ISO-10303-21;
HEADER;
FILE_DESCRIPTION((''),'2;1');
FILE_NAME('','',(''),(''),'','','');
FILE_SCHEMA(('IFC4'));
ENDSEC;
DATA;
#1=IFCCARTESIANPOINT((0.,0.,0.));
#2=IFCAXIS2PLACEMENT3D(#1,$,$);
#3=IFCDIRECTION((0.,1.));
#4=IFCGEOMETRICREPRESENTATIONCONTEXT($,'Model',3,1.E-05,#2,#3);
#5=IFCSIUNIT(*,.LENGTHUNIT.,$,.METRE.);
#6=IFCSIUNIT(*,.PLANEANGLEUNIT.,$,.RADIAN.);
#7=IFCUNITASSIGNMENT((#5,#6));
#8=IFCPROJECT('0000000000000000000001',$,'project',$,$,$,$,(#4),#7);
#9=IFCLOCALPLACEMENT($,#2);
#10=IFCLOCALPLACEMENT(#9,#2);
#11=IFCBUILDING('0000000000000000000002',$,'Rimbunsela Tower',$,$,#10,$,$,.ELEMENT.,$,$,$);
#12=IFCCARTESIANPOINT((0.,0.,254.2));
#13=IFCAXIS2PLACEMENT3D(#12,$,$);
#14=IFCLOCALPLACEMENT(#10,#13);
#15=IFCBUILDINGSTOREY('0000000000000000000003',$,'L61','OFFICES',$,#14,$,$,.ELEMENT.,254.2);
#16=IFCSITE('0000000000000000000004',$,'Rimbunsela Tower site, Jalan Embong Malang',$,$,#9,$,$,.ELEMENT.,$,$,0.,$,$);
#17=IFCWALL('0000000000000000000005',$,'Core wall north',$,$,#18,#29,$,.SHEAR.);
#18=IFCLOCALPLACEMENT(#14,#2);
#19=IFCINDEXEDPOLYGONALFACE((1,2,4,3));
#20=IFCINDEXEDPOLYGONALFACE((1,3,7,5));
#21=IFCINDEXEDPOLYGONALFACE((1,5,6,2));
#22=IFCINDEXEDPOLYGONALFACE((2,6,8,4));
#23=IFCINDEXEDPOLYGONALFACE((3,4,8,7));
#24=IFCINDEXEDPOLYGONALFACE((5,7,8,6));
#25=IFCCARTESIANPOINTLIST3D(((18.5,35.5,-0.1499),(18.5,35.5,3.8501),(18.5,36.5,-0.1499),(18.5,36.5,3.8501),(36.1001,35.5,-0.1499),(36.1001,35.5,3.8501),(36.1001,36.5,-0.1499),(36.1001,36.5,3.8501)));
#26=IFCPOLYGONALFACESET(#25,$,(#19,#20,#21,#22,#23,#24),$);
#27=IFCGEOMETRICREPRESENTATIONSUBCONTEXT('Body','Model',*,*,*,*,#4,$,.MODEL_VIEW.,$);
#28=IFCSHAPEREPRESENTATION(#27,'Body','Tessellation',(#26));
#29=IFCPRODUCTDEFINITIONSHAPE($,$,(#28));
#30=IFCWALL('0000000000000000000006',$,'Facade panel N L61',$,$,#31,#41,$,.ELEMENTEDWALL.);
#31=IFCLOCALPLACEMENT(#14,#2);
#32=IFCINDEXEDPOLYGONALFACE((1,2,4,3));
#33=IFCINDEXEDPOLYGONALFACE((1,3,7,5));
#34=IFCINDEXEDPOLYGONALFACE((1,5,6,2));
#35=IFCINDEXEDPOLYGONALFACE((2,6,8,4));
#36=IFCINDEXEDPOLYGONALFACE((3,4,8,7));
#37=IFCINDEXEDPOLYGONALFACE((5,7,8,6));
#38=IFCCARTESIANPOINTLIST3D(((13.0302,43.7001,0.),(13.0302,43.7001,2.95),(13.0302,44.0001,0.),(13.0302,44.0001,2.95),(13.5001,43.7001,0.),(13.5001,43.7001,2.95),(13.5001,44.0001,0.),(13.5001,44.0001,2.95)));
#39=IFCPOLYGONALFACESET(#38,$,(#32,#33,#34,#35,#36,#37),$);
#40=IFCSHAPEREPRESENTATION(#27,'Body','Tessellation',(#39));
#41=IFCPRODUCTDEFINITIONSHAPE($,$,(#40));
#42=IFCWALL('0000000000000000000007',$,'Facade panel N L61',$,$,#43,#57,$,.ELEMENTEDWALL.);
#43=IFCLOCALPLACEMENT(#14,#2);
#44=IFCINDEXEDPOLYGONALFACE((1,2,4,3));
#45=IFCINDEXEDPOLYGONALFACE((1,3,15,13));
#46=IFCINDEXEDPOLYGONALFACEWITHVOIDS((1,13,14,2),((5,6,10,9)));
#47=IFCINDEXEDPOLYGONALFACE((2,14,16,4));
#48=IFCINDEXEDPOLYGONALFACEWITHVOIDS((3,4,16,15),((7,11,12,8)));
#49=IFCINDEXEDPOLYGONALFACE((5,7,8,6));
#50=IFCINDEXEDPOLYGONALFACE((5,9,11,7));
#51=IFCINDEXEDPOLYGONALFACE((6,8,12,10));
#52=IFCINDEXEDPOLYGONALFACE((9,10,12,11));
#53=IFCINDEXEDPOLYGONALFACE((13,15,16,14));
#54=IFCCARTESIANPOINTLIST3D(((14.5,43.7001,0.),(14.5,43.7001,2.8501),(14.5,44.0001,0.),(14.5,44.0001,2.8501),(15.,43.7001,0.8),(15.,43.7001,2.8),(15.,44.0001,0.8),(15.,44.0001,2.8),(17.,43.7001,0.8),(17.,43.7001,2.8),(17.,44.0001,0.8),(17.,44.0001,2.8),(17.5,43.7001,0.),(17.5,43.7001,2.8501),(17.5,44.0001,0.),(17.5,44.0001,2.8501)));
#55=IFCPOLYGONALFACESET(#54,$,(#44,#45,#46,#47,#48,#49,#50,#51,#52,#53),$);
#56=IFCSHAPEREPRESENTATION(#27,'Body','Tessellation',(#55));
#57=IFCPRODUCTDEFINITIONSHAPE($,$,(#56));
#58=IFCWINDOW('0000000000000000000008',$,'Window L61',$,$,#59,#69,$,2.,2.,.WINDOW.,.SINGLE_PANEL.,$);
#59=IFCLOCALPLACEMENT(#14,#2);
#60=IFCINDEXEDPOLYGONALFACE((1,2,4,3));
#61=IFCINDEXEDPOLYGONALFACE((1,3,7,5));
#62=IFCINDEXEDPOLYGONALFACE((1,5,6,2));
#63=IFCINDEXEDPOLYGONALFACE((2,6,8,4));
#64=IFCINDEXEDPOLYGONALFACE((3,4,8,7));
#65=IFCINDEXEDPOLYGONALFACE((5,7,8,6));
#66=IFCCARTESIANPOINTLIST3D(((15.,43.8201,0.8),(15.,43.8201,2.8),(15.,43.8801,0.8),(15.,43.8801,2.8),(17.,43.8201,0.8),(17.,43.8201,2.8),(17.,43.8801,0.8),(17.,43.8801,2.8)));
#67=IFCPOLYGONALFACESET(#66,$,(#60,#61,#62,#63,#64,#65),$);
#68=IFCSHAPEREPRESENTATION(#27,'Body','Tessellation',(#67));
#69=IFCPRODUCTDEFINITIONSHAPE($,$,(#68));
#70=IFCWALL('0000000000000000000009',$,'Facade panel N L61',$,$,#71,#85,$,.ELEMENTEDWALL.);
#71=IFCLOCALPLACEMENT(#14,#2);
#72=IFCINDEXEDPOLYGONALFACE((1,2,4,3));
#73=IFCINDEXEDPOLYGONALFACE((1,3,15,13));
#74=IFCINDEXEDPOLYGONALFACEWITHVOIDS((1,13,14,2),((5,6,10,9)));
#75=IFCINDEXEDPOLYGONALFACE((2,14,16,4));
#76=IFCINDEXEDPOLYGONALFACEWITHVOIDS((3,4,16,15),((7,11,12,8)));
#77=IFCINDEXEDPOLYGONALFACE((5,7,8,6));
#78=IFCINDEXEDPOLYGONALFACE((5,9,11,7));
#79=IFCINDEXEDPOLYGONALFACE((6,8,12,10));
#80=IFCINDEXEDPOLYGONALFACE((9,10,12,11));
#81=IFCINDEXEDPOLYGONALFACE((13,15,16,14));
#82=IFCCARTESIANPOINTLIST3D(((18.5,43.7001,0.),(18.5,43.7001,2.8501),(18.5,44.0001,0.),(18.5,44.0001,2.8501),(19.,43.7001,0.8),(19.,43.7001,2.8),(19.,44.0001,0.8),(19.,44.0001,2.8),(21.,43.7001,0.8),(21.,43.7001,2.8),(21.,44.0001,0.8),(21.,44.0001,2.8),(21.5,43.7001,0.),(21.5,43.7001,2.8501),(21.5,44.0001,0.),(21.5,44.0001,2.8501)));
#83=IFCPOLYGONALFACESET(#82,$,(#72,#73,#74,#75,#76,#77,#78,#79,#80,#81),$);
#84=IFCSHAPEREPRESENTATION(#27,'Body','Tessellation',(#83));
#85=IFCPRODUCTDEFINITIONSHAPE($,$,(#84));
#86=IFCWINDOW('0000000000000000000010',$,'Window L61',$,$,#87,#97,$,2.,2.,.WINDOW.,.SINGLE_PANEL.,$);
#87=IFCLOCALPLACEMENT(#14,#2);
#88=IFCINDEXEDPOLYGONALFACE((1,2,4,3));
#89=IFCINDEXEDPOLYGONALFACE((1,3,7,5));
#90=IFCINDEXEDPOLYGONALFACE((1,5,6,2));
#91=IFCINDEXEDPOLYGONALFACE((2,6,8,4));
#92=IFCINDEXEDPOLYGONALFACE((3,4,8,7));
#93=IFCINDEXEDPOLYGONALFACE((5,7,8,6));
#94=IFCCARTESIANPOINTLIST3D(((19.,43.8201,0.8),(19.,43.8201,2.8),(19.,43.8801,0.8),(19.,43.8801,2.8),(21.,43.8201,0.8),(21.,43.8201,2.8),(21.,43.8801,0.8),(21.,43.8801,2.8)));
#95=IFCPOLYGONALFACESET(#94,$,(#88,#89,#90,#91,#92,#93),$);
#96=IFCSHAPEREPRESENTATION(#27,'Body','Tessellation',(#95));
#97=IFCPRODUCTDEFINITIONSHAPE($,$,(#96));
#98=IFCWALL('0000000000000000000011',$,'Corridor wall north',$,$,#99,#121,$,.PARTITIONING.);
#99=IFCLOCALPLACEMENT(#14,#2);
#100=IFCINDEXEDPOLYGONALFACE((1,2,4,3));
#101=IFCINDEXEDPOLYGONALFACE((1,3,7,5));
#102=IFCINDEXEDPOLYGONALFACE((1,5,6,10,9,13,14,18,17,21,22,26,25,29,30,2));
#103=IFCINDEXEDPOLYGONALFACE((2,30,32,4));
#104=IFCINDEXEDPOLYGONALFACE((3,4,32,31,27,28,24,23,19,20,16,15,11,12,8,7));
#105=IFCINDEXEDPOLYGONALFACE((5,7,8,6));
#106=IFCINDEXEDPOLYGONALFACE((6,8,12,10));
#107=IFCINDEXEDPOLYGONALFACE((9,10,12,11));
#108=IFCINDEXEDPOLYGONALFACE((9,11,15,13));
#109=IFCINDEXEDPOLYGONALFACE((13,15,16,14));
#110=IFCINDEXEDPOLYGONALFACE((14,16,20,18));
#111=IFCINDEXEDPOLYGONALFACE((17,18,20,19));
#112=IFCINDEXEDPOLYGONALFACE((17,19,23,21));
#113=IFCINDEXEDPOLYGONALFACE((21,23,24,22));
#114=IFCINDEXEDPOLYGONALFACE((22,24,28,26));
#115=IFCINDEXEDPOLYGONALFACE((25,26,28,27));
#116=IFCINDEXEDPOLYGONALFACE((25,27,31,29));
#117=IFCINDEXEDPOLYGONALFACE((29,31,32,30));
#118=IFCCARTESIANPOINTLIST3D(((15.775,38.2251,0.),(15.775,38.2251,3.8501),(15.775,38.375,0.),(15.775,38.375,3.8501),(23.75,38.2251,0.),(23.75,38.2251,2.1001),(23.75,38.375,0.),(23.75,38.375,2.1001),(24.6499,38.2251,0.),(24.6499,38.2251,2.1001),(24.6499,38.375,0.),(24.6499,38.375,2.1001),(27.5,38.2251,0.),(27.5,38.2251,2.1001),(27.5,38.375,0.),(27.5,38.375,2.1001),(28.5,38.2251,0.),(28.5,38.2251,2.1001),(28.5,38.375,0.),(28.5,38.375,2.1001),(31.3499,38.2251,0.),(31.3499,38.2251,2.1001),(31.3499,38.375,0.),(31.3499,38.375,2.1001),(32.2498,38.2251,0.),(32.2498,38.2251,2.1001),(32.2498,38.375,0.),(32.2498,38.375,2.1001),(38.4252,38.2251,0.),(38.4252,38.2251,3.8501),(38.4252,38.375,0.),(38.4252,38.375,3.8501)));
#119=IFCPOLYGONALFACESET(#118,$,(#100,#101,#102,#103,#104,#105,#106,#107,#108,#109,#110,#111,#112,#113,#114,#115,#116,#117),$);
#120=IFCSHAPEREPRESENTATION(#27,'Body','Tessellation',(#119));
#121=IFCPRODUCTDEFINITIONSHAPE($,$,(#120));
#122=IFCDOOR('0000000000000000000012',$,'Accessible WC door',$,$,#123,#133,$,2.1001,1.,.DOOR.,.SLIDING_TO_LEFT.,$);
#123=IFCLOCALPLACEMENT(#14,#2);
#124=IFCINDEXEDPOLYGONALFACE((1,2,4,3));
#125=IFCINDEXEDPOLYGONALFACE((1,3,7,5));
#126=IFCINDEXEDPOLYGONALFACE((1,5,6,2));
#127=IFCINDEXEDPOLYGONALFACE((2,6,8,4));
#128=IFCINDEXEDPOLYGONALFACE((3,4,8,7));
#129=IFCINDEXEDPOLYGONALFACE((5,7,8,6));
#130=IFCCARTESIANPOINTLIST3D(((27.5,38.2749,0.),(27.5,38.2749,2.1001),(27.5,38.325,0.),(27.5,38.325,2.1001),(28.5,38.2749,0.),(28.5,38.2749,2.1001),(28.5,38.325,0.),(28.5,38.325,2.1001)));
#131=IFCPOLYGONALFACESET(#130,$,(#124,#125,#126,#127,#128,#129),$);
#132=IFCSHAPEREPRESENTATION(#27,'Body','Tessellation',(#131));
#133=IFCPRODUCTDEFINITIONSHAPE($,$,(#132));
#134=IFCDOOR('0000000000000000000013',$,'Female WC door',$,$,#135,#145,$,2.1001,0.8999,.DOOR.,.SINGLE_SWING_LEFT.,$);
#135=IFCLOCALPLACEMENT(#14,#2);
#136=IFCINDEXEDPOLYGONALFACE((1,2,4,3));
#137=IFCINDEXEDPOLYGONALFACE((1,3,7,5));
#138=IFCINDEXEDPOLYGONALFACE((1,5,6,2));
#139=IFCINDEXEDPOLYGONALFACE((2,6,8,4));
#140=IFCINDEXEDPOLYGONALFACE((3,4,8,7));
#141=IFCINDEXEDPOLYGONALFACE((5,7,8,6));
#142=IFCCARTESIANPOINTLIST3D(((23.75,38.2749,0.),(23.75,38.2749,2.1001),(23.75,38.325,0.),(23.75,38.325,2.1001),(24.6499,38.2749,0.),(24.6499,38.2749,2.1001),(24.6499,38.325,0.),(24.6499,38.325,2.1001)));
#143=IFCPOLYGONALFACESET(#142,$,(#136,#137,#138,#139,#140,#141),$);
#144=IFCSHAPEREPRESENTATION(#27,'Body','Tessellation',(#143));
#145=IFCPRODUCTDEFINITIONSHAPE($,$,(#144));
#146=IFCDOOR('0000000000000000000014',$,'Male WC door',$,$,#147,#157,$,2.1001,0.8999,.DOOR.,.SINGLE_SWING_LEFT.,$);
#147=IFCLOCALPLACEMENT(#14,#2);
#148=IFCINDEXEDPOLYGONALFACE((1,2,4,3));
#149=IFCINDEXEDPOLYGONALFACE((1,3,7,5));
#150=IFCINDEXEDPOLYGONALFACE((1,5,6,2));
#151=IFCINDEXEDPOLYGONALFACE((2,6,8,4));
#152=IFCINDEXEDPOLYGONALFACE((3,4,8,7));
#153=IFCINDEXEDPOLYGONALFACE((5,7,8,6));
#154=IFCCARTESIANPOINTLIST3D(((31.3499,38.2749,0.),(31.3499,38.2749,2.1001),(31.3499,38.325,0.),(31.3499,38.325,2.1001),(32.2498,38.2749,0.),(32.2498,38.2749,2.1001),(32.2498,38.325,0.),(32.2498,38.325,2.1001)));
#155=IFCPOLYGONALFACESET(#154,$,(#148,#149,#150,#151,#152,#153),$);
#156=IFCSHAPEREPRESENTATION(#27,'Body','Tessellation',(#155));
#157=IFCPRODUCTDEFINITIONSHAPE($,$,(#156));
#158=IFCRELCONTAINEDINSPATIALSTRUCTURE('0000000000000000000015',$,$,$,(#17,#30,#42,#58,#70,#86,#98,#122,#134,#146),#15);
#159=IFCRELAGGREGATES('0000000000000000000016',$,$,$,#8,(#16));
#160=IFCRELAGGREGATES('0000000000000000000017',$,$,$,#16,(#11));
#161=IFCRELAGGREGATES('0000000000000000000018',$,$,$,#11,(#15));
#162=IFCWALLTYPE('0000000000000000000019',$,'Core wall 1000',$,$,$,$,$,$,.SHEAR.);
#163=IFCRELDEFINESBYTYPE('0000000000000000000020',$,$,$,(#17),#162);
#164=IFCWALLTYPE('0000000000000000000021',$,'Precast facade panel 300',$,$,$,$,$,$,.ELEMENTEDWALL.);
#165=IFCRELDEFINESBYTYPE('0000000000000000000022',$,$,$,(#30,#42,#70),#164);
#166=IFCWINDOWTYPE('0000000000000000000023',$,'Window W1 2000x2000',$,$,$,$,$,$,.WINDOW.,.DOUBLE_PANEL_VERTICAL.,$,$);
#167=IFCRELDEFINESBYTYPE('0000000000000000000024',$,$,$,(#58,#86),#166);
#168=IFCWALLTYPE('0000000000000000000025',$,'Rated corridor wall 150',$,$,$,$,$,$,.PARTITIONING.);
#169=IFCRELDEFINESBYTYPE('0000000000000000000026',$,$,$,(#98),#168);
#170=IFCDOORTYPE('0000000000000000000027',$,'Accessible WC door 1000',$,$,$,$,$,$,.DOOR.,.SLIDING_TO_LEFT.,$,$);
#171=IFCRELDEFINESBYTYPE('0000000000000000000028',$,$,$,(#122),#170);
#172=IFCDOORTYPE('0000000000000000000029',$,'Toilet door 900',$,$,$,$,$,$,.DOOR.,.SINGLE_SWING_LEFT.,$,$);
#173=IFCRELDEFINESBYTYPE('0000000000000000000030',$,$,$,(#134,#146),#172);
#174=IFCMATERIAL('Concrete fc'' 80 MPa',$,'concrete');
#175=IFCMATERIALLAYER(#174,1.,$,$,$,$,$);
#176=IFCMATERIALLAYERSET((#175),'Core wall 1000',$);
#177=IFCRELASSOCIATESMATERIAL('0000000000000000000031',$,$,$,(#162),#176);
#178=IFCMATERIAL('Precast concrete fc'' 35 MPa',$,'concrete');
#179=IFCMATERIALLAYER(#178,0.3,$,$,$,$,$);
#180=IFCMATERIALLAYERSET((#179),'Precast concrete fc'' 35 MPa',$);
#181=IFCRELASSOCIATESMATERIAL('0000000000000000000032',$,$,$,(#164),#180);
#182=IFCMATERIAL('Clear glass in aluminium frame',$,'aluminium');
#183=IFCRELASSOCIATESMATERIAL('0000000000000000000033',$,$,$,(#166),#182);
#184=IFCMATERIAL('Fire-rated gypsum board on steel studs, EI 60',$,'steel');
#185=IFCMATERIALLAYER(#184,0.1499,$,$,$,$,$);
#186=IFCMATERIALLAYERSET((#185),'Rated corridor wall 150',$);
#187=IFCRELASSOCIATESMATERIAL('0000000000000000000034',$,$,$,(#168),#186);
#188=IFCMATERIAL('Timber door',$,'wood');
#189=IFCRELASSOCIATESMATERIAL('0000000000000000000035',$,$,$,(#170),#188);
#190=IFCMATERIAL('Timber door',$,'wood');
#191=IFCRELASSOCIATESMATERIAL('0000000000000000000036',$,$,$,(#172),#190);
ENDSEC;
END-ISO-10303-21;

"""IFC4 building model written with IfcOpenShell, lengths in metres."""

from ifc_helpers import new_model, si_unit, direction, frame, frame_2d, origin, place, context, subcontext, project, spatial, rectangle, extrude, material, layer, layer_set, type_object, element, fill, save


model = new_model("IFC4")

# Units and contexts
model_context = context("Model", 3, precision=1e-05, world=origin(), true_north=direction((0.0, 1.0)))
body_context = subcontext(model_context, "Body", "Model", "MODEL_VIEW")
ifc_project = project(units=[si_unit("LENGTHUNIT", "METRE"), si_unit("PLANEANGLEUNIT", "RADIAN")], contexts=[model_context])

# Site, building, storey
site_placement = place(None, origin())
site = spatial("IfcSite", under=ifc_project, at=site_placement, Name="Rimbunsela Tower site, Jalan Embong Malang", CompositionType="ELEMENT", RefElevation=0.0)
building_placement = place(site_placement, origin())
building = spatial("IfcBuilding", under=site, at=building_placement, Name="Rimbunsela Tower", CompositionType="ELEMENT")
storey_placement = place(building_placement, frame((0.0, 0.0, 254.2)))
storey = spatial("IfcBuildingStorey", under=building, at=storey_placement, Name="L61", Description="OFFICES", CompositionType="ELEMENT", Elevation=254.2)

# Walls
ifc_material_1 = material(Name="Concrete fc' 80 MPa", Category="concrete")
ifc_layer_1 = layer(ifc_material_1, 1.0)
ifc_layer_set_1 = layer_set([ifc_layer_1], Name="Core wall 1000")
wall_type_1 = type_object("IfcWallType", Name="Core wall 1000", PredefinedType="SHEAR", material=ifc_layer_set_1)
wall_1_placement = place(storey_placement, frame((18.5, 36.0, -0.1499), z_axis=(0.0, 0.0, 1.0), x_axis=(1.0, 0.0, 0.0)))
element("IfcWall", 1, at=wall_1_placement, inside=storey, type_object=wall_type_1, Name="Core wall north", PredefinedType="SHEAR", context=body_context, shape_type="SweptSolid", body=[
    extrude(rectangle(XDim=17.6001, YDim=1.0, at=frame_2d((8.8, 0.0))), origin(), (0.0, 0.0, 1.0), 4.0),
])
ifc_material_2 = material(Name="Precast concrete fc' 35 MPa", Category="concrete")
ifc_layer_2 = layer(ifc_material_2, 0.3)
ifc_layer_set_2 = layer_set([ifc_layer_2], Name="Precast concrete fc' 35 MPa")
wall_type_2 = type_object("IfcWallType", Name="Precast facade panel 300", PredefinedType="ELEMENTEDWALL", material=ifc_layer_set_2)
wall_2_placement = place(storey_placement, frame((13.5, 43.8501, 0.0), z_axis=(0.0, 0.0, 1.0), x_axis=(-1.0, 0.0, 0.0)))
element("IfcWall", 2, at=wall_2_placement, inside=storey, type_object=wall_type_2, Name="Facade panel N L61", PredefinedType="ELEMENTEDWALL", context=body_context, shape_type="SweptSolid", body=[
    extrude(rectangle(XDim=0.47, YDim=0.3, at=frame_2d((0.2349, 0.0))), origin(), (0.0, 0.0, 1.0), 2.95),
])

# Walls, openings, windows
wall_3_placement = place(storey_placement, frame((17.5, 43.8501, 0.0), z_axis=(0.0, 0.0, 1.0), x_axis=(-1.0, 0.0, 0.0)))
wall_3 = element("IfcWall", 3, at=wall_3_placement, inside=storey, type_object=wall_type_2, Name="Facade panel N L61", PredefinedType="ELEMENTEDWALL", context=body_context, shape_type="SweptSolid", body=[
    extrude(rectangle(XDim=3.0, YDim=0.3, at=frame_2d((1.5, 0.0))), origin(), (0.0, 0.0, 1.0), 2.8501),
])
opening_1_placement = place(wall_3_placement, frame((0.5, 0.0, 0.8)))
opening_1 = element("IfcOpeningElement", 4, at=opening_1_placement, cuts=wall_3, PredefinedType="OPENING", context=body_context, shape_type="SweptSolid", body=[
    extrude(rectangle(XDim=2.0, YDim=2.0, at=frame_2d((1.0, 1.0))), frame((0.0, 0.1599, 0.0), z_axis=(0.0, -1.0, 0.0), x_axis=(1.0, 0.0, 0.0)), (0.0, 0.0, 1.0), 0.3201),
])
ifc_material_3 = material(Name="Clear glass in aluminium frame", Category="aluminium")
window_type = type_object("IfcWindowType", Name="Window W1 2000x2000", PartitioningType="DOUBLE_PANEL_VERTICAL", PredefinedType="WINDOW", material=ifc_material_3)
window_1_placement = place(opening_1_placement, origin())
window_1 = element("IfcWindow", 5, at=window_1_placement, inside=storey, type_object=window_type, Name="Window L61", OverallHeight=2.0, OverallWidth=2.0, PartitioningType="SINGLE_PANEL", PredefinedType="WINDOW", context=body_context, shape_type="SweptSolid", body=[
    extrude(rectangle(XDim=2.0, YDim=2.0, at=frame_2d((1.0, 1.0))), frame((0.0, 0.03, 0.0), z_axis=(0.0, -1.0, 0.0), x_axis=(1.0, 0.0, 0.0)), (0.0, 0.0, 1.0), 0.0601),
])
fill(opening_1, window_1)
wall_4_placement = place(storey_placement, frame((21.5, 43.8501, 0.0), z_axis=(0.0, 0.0, 1.0), x_axis=(-1.0, 0.0, 0.0)))
wall_4 = element("IfcWall", 6, at=wall_4_placement, inside=storey, type_object=wall_type_2, Name="Facade panel N L61", PredefinedType="ELEMENTEDWALL", context=body_context, shape_type="SweptSolid", body=[
    extrude(rectangle(XDim=3.0, YDim=0.3, at=frame_2d((1.5, 0.0))), origin(), (0.0, 0.0, 1.0), 2.8501),
])
opening_2_placement = place(wall_4_placement, frame((0.5, 0.0, 0.8)))
opening_2 = element("IfcOpeningElement", 7, at=opening_2_placement, cuts=wall_4, PredefinedType="OPENING", context=body_context, shape_type="SweptSolid", body=[
    extrude(rectangle(XDim=2.0, YDim=2.0, at=frame_2d((1.0, 1.0))), frame((0.0, 0.1599, 0.0), z_axis=(0.0, -1.0, 0.0), x_axis=(1.0, 0.0, 0.0)), (0.0, 0.0, 1.0), 0.3201),
])
window_2_placement = place(opening_2_placement, origin())
window_2 = element("IfcWindow", 8, at=window_2_placement, inside=storey, type_object=window_type, Name="Window L61", OverallHeight=2.0, OverallWidth=2.0, PartitioningType="SINGLE_PANEL", PredefinedType="WINDOW", context=body_context, shape_type="SweptSolid", body=[
    extrude(rectangle(XDim=2.0, YDim=2.0, at=frame_2d((1.0, 1.0))), frame((0.0, 0.03, 0.0), z_axis=(0.0, -1.0, 0.0), x_axis=(1.0, 0.0, 0.0)), (0.0, 0.0, 1.0), 0.0601),
])
fill(opening_2, window_2)

# Wall, openings, doors
ifc_material_4 = material(Name="Fire-rated gypsum board on steel studs, EI 60", Category="steel")
ifc_layer_3 = layer(ifc_material_4, 0.1499)
ifc_layer_set_3 = layer_set([ifc_layer_3], Name="Rated corridor wall 150")
wall_type_3 = type_object("IfcWallType", Name="Rated corridor wall 150", PredefinedType="PARTITIONING", material=ifc_layer_set_3)
wall_5_placement = place(storey_placement, frame((15.7749, 38.3, 0.0), z_axis=(0.0, 0.0, 1.0), x_axis=(1.0, 0.0, 0.0)))
wall_5 = element("IfcWall", 9, at=wall_5_placement, inside=storey, type_object=wall_type_3, Name="Corridor wall north", PredefinedType="PARTITIONING", context=body_context, shape_type="SweptSolid", body=[
    extrude(rectangle(XDim=22.6501, YDim=0.1499, at=frame_2d((11.3252, 0.0))), origin(), (0.0, 0.0, 1.0), 3.8501),
])
opening_3_placement = place(wall_5_placement, frame((7.9751, 0.0, 0.0)))
opening_3 = element("IfcOpeningElement", 10, at=opening_3_placement, cuts=wall_5, PredefinedType="OPENING", context=body_context, shape_type="SweptSolid", body=[
    extrude(rectangle(XDim=0.8999, YDim=2.1001, at=frame_2d((0.45, 1.05))), frame((0.0, 0.085, 0.0), z_axis=(0.0, -1.0, 0.0), x_axis=(1.0, 0.0, 0.0)), (0.0, 0.0, 1.0), 0.1699),
])
opening_4_placement = place(wall_5_placement, frame((11.7251, 0.0, 0.0)))
opening_4 = element("IfcOpeningElement", 11, at=opening_4_placement, cuts=wall_5, PredefinedType="OPENING", context=body_context, shape_type="SweptSolid", body=[
    extrude(rectangle(XDim=1.0, YDim=2.1001, at=frame_2d((0.5, 1.05))), frame((0.0, 0.085, 0.0), z_axis=(0.0, -1.0, 0.0), x_axis=(1.0, 0.0, 0.0)), (0.0, 0.0, 1.0), 0.1699),
])
opening_5_placement = place(wall_5_placement, frame((15.575, 0.0, 0.0)))
opening_5 = element("IfcOpeningElement", 12, at=opening_5_placement, cuts=wall_5, PredefinedType="OPENING", context=body_context, shape_type="SweptSolid", body=[
    extrude(rectangle(XDim=0.8999, YDim=2.1001, at=frame_2d((0.45, 1.05))), frame((0.0, 0.085, 0.0), z_axis=(0.0, -1.0, 0.0), x_axis=(1.0, 0.0, 0.0)), (0.0, 0.0, 1.0), 0.1699),
])
ifc_material_5 = material(Name="Timber door", Category="wood")
door_type_1 = type_object("IfcDoorType", Name="Accessible WC door 1000", OperationType="SLIDING_TO_LEFT", PredefinedType="DOOR", material=ifc_material_5)
door_1_placement = place(opening_4_placement, origin())
door_1 = element("IfcDoor", 13, at=door_1_placement, inside=storey, type_object=door_type_1, Name="Accessible WC door", OperationType="SLIDING_TO_LEFT", OverallHeight=2.1001, OverallWidth=1.0, PredefinedType="DOOR", context=body_context, shape_type="SweptSolid", body=[
    extrude(rectangle(XDim=1.0, YDim=2.1001, at=frame_2d((0.5, 1.05))), frame((0.0, 0.0249, 0.0), z_axis=(0.0, -1.0, 0.0), x_axis=(1.0, 0.0, 0.0)), (0.0, 0.0, 1.0), 0.05),
])
fill(opening_4, door_1)
ifc_material_6 = material(Name="Timber door", Category="wood")
door_type_2 = type_object("IfcDoorType", Name="Toilet door 900", OperationType="SINGLE_SWING_LEFT", PredefinedType="DOOR", material=ifc_material_6)
door_2_placement = place(opening_3_placement, origin())
door_2 = element("IfcDoor", 14, at=door_2_placement, inside=storey, type_object=door_type_2, Name="Female WC door", OperationType="SINGLE_SWING_LEFT", OverallHeight=2.1001, OverallWidth=0.8999, PredefinedType="DOOR", context=body_context, shape_type="SweptSolid", body=[
    extrude(rectangle(XDim=0.8999, YDim=2.1001, at=frame_2d((0.45, 1.05))), frame((0.0, 0.0249, 0.0), z_axis=(0.0, -1.0, 0.0), x_axis=(1.0, 0.0, 0.0)), (0.0, 0.0, 1.0), 0.05),
])
fill(opening_3, door_2)
door_3_placement = place(opening_5_placement, origin())
door_3 = element("IfcDoor", 15, at=door_3_placement, inside=storey, type_object=door_type_2, Name="Male WC door", OperationType="SINGLE_SWING_LEFT", OverallHeight=2.1001, OverallWidth=0.8999, PredefinedType="DOOR", context=body_context, shape_type="SweptSolid", body=[
    extrude(rectangle(XDim=0.8999, YDim=2.1001, at=frame_2d((0.45, 1.05))), frame((0.0, 0.0249, 0.0), z_axis=(0.0, -1.0, 0.0), x_axis=(1.0, 0.0, 0.0)), (0.0, 0.0, 1.0), 0.05),
])
fill(opening_5, door_3)

save(model, "model.ifc")
